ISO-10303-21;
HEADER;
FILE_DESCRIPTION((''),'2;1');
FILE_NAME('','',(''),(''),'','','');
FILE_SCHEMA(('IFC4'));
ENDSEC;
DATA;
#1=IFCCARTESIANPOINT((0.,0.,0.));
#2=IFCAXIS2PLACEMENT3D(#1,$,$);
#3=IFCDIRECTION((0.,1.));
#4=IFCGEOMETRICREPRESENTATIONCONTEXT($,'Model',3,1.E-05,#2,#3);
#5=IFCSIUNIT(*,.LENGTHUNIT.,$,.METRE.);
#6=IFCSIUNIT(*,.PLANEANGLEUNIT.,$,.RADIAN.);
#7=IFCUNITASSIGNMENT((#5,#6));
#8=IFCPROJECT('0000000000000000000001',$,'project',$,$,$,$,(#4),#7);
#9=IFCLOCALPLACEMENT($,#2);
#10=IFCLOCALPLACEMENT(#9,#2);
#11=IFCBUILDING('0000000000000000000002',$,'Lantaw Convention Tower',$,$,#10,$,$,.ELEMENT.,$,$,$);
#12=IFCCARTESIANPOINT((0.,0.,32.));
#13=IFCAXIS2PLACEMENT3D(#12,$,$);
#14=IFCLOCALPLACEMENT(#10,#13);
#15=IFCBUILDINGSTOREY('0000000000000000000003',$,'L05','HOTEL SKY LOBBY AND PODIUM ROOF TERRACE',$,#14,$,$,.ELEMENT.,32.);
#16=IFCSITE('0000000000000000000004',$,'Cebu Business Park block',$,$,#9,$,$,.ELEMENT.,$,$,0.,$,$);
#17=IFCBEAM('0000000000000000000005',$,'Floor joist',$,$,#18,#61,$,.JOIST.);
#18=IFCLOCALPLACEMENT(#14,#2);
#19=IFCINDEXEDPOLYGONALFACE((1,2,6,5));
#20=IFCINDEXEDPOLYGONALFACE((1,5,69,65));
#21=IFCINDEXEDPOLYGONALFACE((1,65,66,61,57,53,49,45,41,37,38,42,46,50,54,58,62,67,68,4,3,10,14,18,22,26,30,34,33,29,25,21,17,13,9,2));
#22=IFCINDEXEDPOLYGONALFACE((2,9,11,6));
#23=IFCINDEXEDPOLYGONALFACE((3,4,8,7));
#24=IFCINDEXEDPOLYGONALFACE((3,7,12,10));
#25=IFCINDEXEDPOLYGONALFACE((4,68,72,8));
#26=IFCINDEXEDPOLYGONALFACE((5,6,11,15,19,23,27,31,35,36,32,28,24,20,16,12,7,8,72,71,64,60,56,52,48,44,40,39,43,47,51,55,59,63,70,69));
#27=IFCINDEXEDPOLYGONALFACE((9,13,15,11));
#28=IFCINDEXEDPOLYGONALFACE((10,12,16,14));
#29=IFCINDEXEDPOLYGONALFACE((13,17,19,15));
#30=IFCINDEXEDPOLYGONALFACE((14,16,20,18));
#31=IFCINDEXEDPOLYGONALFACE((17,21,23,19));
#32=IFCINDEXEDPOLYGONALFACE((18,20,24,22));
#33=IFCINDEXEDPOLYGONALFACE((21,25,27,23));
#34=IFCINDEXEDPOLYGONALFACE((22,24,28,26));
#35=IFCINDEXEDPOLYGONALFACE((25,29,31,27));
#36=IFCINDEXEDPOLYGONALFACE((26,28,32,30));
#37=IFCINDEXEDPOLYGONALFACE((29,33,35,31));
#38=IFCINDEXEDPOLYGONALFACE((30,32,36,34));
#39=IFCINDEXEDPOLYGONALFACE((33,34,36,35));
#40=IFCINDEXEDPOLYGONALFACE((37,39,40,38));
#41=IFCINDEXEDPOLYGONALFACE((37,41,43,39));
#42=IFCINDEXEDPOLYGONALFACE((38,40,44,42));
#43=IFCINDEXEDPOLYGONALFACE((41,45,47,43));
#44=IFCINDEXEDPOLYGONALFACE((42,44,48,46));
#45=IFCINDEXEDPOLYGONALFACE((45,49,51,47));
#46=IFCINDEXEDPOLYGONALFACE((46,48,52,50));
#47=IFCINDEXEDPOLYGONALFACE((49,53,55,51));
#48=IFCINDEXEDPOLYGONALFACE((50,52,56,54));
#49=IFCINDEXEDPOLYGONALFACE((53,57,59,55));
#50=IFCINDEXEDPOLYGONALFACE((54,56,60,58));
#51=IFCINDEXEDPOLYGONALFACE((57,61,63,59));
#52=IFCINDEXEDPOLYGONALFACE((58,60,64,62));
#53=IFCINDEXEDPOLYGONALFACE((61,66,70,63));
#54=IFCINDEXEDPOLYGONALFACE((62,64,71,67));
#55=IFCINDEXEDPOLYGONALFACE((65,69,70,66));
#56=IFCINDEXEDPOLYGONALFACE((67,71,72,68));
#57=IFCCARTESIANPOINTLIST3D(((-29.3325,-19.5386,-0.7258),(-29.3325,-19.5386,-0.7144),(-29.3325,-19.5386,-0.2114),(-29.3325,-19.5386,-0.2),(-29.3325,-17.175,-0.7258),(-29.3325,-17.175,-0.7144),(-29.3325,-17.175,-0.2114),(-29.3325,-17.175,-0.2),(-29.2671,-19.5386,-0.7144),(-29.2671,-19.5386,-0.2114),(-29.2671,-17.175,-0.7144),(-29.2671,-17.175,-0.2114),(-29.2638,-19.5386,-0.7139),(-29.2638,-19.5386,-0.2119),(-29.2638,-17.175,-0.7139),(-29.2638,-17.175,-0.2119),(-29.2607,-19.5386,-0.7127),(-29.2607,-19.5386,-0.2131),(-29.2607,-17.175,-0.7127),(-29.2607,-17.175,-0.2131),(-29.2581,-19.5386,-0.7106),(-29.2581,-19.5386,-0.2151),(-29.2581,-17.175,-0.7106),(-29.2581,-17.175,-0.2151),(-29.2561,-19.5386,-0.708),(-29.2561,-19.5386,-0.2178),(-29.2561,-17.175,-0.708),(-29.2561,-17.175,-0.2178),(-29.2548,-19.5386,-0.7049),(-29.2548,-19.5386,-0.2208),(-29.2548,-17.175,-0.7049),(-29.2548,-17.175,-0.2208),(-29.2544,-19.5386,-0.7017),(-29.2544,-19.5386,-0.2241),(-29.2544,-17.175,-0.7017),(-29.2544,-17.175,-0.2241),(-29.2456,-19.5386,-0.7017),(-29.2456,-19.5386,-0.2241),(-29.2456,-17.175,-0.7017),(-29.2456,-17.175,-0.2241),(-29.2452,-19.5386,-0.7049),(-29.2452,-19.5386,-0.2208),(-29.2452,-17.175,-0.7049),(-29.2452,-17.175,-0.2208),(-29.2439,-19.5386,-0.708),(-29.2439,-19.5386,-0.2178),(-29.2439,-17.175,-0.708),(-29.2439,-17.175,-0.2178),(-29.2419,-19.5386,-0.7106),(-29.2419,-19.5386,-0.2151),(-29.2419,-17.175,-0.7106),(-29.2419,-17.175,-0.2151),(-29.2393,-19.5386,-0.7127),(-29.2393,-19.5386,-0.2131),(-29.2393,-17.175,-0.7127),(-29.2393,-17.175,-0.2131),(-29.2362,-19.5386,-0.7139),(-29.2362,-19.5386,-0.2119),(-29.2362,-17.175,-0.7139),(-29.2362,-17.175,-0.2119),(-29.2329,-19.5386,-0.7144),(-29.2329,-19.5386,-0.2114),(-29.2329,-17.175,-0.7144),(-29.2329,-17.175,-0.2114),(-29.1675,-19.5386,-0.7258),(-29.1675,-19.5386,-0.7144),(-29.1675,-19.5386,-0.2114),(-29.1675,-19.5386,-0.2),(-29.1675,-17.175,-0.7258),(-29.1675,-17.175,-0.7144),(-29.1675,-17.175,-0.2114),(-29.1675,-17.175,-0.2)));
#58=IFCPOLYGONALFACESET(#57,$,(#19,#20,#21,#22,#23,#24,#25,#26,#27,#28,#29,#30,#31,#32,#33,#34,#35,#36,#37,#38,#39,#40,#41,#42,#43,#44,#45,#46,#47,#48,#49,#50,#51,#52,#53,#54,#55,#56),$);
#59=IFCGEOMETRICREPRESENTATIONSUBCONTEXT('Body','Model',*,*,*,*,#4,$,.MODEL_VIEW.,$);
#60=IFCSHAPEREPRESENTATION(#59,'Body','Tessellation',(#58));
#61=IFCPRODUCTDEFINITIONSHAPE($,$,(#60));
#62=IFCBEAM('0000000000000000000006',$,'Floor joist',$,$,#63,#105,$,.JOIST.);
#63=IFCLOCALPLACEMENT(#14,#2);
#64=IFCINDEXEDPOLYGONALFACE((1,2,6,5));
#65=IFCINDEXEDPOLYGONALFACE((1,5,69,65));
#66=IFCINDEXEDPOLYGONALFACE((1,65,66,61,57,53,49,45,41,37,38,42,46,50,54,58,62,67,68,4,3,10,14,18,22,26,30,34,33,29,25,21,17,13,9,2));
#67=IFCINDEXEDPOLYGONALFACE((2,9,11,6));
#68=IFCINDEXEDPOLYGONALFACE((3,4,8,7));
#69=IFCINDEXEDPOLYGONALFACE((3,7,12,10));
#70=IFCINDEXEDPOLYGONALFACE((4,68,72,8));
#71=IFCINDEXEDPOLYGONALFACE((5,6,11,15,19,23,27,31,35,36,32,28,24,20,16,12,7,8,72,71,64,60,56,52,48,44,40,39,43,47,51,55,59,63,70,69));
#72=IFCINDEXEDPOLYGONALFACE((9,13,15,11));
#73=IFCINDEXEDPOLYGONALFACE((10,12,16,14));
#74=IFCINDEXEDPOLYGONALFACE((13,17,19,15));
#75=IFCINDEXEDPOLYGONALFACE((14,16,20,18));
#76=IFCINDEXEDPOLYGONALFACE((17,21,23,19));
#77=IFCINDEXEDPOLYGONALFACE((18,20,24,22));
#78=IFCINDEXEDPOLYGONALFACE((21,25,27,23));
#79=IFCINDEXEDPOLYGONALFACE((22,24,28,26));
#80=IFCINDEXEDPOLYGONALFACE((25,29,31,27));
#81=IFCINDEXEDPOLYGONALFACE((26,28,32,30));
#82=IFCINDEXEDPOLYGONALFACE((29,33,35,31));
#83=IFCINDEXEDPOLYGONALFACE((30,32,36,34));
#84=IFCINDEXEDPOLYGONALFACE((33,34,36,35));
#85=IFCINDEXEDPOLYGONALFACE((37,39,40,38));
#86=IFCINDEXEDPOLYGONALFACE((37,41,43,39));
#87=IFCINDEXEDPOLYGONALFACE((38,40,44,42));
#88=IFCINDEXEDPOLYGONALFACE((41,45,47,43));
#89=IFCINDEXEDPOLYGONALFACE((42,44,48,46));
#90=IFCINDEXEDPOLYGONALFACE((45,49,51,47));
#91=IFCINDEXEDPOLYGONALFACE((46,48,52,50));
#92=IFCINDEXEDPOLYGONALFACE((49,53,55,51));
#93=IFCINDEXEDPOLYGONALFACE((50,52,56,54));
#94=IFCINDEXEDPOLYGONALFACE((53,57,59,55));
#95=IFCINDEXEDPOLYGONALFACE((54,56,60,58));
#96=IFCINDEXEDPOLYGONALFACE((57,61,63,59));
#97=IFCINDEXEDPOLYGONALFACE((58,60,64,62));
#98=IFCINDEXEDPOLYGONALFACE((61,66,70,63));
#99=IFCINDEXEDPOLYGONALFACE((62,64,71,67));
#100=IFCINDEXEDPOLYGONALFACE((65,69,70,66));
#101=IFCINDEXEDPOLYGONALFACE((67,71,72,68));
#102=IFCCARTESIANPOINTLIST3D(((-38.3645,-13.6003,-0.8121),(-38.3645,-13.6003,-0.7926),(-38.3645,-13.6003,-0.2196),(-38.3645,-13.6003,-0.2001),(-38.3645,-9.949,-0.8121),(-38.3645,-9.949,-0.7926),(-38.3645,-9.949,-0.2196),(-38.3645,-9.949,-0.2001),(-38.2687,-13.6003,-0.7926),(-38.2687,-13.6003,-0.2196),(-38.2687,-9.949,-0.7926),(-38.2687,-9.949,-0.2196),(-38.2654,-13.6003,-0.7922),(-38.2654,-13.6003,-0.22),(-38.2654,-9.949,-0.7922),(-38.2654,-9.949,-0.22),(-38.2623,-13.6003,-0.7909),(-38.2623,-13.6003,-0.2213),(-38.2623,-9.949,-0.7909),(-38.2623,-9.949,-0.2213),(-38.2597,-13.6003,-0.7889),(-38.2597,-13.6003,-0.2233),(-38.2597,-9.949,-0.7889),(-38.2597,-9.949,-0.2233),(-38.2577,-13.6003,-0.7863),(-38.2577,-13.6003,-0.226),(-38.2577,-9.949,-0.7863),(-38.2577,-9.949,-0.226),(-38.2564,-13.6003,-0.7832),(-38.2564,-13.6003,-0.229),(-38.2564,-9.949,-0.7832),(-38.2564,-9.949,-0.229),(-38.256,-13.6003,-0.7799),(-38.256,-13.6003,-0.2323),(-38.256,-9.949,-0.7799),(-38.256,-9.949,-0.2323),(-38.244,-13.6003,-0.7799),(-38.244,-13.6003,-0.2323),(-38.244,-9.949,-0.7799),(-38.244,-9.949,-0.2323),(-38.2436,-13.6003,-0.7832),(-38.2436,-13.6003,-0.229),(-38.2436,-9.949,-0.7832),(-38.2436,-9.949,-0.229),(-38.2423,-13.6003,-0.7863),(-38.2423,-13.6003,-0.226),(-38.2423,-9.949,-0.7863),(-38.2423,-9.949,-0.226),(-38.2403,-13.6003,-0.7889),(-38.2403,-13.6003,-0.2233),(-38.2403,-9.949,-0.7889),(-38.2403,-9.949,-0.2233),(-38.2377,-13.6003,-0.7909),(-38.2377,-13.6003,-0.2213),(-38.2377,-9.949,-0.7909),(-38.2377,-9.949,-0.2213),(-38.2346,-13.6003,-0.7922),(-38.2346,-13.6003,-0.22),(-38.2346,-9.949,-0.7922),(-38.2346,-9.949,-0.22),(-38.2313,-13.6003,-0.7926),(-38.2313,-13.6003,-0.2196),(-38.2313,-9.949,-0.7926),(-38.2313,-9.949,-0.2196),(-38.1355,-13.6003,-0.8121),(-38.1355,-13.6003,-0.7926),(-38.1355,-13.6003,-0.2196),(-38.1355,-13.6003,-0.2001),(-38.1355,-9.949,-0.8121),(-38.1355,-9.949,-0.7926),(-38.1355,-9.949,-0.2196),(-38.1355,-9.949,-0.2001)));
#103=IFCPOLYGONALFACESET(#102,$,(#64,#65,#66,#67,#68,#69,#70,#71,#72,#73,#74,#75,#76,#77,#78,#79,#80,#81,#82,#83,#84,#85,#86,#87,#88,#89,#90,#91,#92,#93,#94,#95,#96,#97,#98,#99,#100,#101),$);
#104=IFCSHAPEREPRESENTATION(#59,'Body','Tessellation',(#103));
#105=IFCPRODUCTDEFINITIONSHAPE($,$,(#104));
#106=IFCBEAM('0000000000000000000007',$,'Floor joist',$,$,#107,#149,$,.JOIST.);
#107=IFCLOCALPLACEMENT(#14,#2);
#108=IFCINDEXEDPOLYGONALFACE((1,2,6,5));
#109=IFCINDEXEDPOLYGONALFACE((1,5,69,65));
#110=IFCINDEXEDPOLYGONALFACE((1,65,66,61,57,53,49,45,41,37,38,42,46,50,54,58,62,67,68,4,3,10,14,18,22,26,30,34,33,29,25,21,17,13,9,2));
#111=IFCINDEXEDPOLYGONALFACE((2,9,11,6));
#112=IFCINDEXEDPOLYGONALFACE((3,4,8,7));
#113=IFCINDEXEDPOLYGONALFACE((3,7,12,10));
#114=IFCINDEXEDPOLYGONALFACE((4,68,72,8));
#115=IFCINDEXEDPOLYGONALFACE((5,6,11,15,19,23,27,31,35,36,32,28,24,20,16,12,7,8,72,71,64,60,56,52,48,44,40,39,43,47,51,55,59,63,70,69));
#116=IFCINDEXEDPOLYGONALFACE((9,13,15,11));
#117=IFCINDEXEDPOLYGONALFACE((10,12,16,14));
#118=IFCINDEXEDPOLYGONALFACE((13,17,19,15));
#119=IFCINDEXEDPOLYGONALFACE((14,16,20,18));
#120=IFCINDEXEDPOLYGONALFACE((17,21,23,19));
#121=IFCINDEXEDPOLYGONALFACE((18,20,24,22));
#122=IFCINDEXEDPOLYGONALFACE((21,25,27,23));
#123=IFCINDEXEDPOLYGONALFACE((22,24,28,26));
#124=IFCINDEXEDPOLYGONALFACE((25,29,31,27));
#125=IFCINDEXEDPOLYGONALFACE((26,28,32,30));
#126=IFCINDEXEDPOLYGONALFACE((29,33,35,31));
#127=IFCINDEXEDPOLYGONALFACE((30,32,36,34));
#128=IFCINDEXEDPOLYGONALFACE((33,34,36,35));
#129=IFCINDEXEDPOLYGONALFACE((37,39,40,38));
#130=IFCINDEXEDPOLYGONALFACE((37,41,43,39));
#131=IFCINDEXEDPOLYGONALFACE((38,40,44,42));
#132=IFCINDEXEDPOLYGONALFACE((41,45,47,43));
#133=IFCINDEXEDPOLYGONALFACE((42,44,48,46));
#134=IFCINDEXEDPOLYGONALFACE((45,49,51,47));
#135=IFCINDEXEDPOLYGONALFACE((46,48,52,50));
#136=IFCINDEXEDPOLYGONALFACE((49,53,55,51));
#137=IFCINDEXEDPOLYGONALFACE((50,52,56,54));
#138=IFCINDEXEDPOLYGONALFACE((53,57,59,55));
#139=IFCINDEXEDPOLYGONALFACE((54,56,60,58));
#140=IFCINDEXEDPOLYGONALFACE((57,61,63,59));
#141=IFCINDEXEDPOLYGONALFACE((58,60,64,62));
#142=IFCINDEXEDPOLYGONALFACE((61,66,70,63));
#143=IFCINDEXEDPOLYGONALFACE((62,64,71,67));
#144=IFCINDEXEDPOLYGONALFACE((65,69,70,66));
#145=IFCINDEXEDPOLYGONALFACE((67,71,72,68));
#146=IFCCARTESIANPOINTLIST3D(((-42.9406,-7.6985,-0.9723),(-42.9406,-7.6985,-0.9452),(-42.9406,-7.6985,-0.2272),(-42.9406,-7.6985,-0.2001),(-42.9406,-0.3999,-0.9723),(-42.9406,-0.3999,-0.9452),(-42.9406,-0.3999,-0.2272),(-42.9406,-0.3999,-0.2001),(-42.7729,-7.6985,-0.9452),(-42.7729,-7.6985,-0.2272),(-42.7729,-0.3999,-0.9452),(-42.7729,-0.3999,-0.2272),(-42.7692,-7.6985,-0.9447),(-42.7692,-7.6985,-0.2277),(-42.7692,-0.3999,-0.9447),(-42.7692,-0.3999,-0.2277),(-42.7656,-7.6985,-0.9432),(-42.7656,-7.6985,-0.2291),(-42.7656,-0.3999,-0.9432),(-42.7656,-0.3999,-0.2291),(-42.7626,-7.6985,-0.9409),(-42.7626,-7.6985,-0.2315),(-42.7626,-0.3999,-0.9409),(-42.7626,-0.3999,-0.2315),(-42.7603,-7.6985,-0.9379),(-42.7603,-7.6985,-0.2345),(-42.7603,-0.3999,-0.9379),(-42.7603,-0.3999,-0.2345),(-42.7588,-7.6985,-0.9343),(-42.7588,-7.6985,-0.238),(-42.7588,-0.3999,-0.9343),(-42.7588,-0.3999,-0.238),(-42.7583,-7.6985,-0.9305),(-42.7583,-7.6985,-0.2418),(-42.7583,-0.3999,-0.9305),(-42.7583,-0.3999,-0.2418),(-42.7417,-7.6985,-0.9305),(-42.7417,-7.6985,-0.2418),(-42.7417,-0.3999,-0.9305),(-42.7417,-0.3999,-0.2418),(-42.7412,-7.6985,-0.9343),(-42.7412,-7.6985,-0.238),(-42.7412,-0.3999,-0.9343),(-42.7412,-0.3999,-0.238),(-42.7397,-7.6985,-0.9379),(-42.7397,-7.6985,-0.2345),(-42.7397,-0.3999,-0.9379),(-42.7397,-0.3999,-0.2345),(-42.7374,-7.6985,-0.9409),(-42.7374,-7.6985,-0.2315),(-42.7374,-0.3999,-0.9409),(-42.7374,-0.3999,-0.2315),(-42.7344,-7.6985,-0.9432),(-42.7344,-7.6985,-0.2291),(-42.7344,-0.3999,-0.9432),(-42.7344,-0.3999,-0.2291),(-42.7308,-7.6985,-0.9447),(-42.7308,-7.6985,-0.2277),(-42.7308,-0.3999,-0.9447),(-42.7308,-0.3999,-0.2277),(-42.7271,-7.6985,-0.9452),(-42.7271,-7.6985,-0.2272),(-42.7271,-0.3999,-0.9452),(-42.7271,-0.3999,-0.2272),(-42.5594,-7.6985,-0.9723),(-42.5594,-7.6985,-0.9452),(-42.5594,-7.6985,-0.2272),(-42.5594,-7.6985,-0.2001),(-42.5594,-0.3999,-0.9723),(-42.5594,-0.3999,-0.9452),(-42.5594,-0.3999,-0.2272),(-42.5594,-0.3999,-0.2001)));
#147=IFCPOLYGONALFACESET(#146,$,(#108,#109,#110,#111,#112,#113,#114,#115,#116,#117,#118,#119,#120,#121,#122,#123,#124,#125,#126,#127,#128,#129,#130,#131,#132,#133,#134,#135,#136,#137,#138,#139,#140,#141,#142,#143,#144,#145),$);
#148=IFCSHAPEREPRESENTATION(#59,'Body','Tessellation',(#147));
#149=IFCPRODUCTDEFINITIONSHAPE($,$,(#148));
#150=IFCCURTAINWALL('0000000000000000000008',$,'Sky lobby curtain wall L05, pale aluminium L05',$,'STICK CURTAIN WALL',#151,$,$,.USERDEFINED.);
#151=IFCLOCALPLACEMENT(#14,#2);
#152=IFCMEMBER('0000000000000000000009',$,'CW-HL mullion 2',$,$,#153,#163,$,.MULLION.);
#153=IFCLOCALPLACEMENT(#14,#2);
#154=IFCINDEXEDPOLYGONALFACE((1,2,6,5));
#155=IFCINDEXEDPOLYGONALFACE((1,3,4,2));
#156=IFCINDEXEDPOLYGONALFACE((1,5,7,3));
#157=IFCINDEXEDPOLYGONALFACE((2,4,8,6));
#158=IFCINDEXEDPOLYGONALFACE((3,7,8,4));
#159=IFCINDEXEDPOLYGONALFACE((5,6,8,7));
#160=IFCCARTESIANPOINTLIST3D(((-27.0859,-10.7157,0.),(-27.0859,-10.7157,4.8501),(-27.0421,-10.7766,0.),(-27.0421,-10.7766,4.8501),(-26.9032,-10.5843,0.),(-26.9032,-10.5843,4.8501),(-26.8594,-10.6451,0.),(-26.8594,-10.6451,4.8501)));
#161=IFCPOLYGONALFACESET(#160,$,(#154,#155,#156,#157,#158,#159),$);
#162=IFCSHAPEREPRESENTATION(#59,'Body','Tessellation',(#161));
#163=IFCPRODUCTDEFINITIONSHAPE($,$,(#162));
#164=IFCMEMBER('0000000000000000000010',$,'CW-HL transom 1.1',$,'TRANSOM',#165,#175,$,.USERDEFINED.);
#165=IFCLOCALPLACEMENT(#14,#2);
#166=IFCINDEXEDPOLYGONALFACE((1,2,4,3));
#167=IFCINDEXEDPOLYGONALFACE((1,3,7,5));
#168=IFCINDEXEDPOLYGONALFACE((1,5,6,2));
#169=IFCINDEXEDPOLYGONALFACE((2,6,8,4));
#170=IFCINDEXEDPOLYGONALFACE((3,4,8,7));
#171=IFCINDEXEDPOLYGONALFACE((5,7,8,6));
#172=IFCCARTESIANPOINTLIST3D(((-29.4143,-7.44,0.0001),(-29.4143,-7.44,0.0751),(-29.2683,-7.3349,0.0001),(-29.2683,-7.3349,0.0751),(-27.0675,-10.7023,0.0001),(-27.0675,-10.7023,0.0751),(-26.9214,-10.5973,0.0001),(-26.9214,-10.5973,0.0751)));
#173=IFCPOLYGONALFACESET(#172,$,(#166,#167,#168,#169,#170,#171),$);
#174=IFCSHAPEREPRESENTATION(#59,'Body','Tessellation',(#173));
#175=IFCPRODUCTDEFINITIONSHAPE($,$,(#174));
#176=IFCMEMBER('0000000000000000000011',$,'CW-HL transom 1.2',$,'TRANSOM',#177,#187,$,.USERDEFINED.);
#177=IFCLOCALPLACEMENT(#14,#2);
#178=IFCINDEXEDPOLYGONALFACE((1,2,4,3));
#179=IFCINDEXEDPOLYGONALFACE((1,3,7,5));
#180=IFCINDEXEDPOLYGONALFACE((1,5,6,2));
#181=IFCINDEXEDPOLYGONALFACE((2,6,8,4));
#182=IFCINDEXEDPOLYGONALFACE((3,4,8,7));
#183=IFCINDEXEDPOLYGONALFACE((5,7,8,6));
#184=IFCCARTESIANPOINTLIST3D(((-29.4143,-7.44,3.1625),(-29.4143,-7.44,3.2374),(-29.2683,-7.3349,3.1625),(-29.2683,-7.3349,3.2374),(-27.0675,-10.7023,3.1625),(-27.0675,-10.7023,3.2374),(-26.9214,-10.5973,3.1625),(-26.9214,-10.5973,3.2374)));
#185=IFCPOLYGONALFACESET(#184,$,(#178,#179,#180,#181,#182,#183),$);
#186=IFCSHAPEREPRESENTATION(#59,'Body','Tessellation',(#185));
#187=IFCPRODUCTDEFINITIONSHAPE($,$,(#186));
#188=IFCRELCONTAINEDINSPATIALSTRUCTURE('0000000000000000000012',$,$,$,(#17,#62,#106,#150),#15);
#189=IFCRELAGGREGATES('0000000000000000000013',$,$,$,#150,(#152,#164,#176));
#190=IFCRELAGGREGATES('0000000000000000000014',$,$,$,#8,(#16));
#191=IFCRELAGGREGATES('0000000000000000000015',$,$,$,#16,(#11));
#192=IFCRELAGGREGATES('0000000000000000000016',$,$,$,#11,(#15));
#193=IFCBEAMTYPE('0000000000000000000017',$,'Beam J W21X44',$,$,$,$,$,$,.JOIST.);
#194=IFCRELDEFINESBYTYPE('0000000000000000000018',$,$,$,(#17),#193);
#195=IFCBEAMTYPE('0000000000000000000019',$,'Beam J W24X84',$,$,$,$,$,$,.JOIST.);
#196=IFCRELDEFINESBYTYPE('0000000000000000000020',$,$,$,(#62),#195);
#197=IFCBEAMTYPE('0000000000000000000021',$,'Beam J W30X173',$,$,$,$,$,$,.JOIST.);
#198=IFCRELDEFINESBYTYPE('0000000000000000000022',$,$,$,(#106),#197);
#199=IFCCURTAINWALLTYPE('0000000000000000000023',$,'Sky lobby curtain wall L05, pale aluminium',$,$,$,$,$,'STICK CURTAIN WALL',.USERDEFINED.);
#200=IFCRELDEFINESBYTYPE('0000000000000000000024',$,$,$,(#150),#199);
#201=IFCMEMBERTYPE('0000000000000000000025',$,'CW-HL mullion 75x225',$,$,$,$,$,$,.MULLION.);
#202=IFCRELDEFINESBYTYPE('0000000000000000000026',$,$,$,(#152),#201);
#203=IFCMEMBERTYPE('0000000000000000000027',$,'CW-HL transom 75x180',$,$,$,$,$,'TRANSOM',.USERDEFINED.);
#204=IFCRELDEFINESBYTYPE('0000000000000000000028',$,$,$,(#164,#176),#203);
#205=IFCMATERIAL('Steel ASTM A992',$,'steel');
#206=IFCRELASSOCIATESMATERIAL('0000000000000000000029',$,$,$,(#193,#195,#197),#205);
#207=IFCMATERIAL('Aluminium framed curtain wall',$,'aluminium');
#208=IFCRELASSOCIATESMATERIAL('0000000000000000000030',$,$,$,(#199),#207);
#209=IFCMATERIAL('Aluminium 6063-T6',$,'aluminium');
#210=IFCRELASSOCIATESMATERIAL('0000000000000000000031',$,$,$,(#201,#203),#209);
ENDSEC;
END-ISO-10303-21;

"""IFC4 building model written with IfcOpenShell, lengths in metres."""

from ifc_helpers import new_model, si_unit, direction, frame, origin, origin_2d, place, context, subcontext, project, spatial, rectangle, i_section, extrude, material, material_profile, profile_set, type_object, element, aggregate, save


model = new_model("IFC4")

# Units and contexts
model_context = context("Model", 3, precision=1e-05, world=origin(), true_north=direction((0.0, 1.0)))
body_context = subcontext(model_context, "Body", "Model", "MODEL_VIEW")
ifc_project = project(units=[si_unit("LENGTHUNIT", "METRE"), si_unit("PLANEANGLEUNIT", "RADIAN")], contexts=[model_context])

# Site, building, storey
site_placement = place(None, origin())
site = spatial("IfcSite", under=ifc_project, at=site_placement, Name="Cebu Business Park block", CompositionType="ELEMENT", RefElevation=0.0)
building_placement = place(site_placement, origin())
building = spatial("IfcBuilding", under=site, at=building_placement, Name="Lantaw Convention Tower", CompositionType="ELEMENT")
storey_placement = place(building_placement, frame((0.0, 0.0, 32.0)))
storey = spatial("IfcBuildingStorey", under=building, at=storey_placement, Name="L05", Description="HOTEL SKY LOBBY AND PODIUM ROOF TERRACE", CompositionType="ELEMENT", Elevation=32.0)

# Beams
ifc_material_1 = material(Name="Steel ASTM A992", Category="steel")
ifc_material_profile_1 = material_profile(ifc_material_1, i_section(OverallWidth=0.165, OverallDepth=0.5259, WebThickness=0.0088, FlangeThickness=0.0115, FilletRadius=0.0127, at=origin_2d()), Name="W21X44")
ifc_profile_set_1 = profile_set([ifc_material_profile_1], Name="Steel ASTM A992")
beam_type_1 = type_object("IfcBeamType", Name="Beam J W21X44", PredefinedType="JOIST", material=ifc_profile_set_1)
beam_1_placement = place(storey_placement, frame((-29.25, -19.5386, -0.4629), z_axis=(0.0, 1.0, 0.0), x_axis=(-1.0, 0.0, 0.0)))
element("IfcBeam", 1, at=beam_1_placement, inside=storey, type_object=beam_type_1, Name="Floor joist", PredefinedType="JOIST", context=body_context, shape_type="SweptSolid", body=[
    extrude(i_section(OverallWidth=0.165, OverallDepth=0.5259, WebThickness=0.0088, FlangeThickness=0.0115, FilletRadius=0.0127, at=origin_2d()), origin(), (0.0, 0.0, 1.0), 2.3635),
])
ifc_material_profile_2 = material_profile(ifc_material_1, i_section(OverallWidth=0.229, OverallDepth=0.6121, WebThickness=0.012, FlangeThickness=0.0195, FilletRadius=0.0127, at=origin_2d()), Name="W24X84")
ifc_profile_set_2 = profile_set([ifc_material_profile_2], Name="Steel ASTM A992")
beam_type_2 = type_object("IfcBeamType", Name="Beam J W24X84", PredefinedType="JOIST", material=ifc_profile_set_2)
beam_2_placement = place(storey_placement, frame((-38.25, -13.6003, -0.5061), z_axis=(0.0, 1.0, 0.0), x_axis=(-1.0, 0.0, 0.0)))
element("IfcBeam", 2, at=beam_2_placement, inside=storey, type_object=beam_type_2, Name="Floor joist", PredefinedType="JOIST", context=body_context, shape_type="SweptSolid", body=[
    extrude(i_section(OverallWidth=0.229, OverallDepth=0.6121, WebThickness=0.012, FlangeThickness=0.0195, FilletRadius=0.0127, at=origin_2d()), origin(), (0.0, 0.0, 1.0), 3.6514),
])
ifc_material_profile_3 = material_profile(ifc_material_1, i_section(OverallWidth=0.3811, OverallDepth=0.7722, WebThickness=0.0166, FlangeThickness=0.0271, FilletRadius=0.0146, at=origin_2d()), Name="W30X173")
ifc_profile_set_3 = profile_set([ifc_material_profile_3], Name="Steel ASTM A992")
beam_type_3 = type_object("IfcBeamType", Name="Beam J W30X173", PredefinedType="JOIST", material=ifc_profile_set_3)
beam_3_placement = place(storey_placement, frame((-42.75, -7.6985, -0.5862), z_axis=(0.0, 1.0, 0.0), x_axis=(-1.0, 0.0, 0.0)))
element("IfcBeam", 3, at=beam_3_placement, inside=storey, type_object=beam_type_3, Name="Floor joist", PredefinedType="JOIST", context=body_context, shape_type="SweptSolid", body=[
    extrude(i_section(OverallWidth=0.3811, OverallDepth=0.7722, WebThickness=0.0166, FlangeThickness=0.0271, FilletRadius=0.0146, at=origin_2d()), origin(), (0.0, 0.0, 1.0), 7.2986),
])

# Curtain wall, members
ifc_material_2 = material(Name="Aluminium framed curtain wall", Category="aluminium")
curtain_wall_type = type_object("IfcCurtainWallType", Name="Sky lobby curtain wall L05, pale aluminium", ElementType="STICK CURTAIN WALL", PredefinedType="USERDEFINED", material=ifc_material_2)
curtain_wall_placement = place(storey_placement, origin())
curtain_wall = element("IfcCurtainWall", 4, at=curtain_wall_placement, inside=storey, type_object=curtain_wall_type, Name="Sky lobby curtain wall L05, pale aluminium L05", ObjectType="STICK CURTAIN WALL", PredefinedType="USERDEFINED")
ifc_material_3 = material(Name="Aluminium 6063-T6", Category="aluminium")
ifc_material_profile_4 = material_profile(ifc_material_3, rectangle(XDim=0.2251, YDim=0.075, at=origin_2d()), Name="CW-HL mullion 75x225")
ifc_profile_set_4 = profile_set([ifc_material_profile_4], Name="Aluminium 6063-T6")
member_type_1 = type_object("IfcMemberType", Name="CW-HL mullion 75x225", PredefinedType="MULLION", material=ifc_profile_set_4)
member_1_placement = place(storey_placement, frame((-26.9727, -10.6804, 0.0), z_axis=(0.0, 0.0, 1.0), x_axis=(0.811789, 0.583951, 0.0)))
member_1 = element("IfcMember", 5, at=member_1_placement, type_object=member_type_1, Name="CW-HL mullion 2", PredefinedType="MULLION", context=body_context, shape_type="SweptSolid", body=[
    extrude(rectangle(XDim=0.2251, YDim=0.075, at=origin_2d()), origin(), (0.0, 0.0, 1.0), 4.8501),
])
ifc_material_profile_5 = material_profile(ifc_material_3, rectangle(XDim=0.1799, YDim=0.075, at=origin_2d()), Name="CW-HL transom 75x180")
ifc_profile_set_5 = profile_set([ifc_material_profile_5], Name="Aluminium 6063-T6")
member_type_2 = type_object("IfcMemberType", Name="CW-HL transom 75x180", ElementType="TRANSOM", PredefinedType="USERDEFINED", material=ifc_profile_set_5)
member_2_placement = place(storey_placement, frame((-29.3413, -7.3875, 0.0376), z_axis=(0.58397, -0.811775, 0.0), x_axis=(0.811775, 0.58397, 0.0)))
member_2 = element("IfcMember", 6, at=member_2_placement, type_object=member_type_2, Name="CW-HL transom 1.1", ObjectType="TRANSOM", PredefinedType="USERDEFINED", context=body_context, shape_type="SweptSolid", body=[
    extrude(rectangle(XDim=0.1799, YDim=0.075, at=origin_2d()), origin(), (0.0, 0.0, 1.0), 4.0188),
])
member_3_placement = place(storey_placement, frame((-29.3413, -7.3875, 3.2), z_axis=(0.58397, -0.811775, 0.0), x_axis=(0.811775, 0.58397, 0.0)))
member_3 = element("IfcMember", 7, at=member_3_placement, type_object=member_type_2, Name="CW-HL transom 1.2", ObjectType="TRANSOM", PredefinedType="USERDEFINED", context=body_context, shape_type="SweptSolid", body=[
    extrude(rectangle(XDim=0.1799, YDim=0.075, at=origin_2d()), origin(), (0.0, 0.0, 1.0), 4.0188),
])
aggregate(curtain_wall, [member_1, member_2, member_3])

save(model, "model.ifc")
